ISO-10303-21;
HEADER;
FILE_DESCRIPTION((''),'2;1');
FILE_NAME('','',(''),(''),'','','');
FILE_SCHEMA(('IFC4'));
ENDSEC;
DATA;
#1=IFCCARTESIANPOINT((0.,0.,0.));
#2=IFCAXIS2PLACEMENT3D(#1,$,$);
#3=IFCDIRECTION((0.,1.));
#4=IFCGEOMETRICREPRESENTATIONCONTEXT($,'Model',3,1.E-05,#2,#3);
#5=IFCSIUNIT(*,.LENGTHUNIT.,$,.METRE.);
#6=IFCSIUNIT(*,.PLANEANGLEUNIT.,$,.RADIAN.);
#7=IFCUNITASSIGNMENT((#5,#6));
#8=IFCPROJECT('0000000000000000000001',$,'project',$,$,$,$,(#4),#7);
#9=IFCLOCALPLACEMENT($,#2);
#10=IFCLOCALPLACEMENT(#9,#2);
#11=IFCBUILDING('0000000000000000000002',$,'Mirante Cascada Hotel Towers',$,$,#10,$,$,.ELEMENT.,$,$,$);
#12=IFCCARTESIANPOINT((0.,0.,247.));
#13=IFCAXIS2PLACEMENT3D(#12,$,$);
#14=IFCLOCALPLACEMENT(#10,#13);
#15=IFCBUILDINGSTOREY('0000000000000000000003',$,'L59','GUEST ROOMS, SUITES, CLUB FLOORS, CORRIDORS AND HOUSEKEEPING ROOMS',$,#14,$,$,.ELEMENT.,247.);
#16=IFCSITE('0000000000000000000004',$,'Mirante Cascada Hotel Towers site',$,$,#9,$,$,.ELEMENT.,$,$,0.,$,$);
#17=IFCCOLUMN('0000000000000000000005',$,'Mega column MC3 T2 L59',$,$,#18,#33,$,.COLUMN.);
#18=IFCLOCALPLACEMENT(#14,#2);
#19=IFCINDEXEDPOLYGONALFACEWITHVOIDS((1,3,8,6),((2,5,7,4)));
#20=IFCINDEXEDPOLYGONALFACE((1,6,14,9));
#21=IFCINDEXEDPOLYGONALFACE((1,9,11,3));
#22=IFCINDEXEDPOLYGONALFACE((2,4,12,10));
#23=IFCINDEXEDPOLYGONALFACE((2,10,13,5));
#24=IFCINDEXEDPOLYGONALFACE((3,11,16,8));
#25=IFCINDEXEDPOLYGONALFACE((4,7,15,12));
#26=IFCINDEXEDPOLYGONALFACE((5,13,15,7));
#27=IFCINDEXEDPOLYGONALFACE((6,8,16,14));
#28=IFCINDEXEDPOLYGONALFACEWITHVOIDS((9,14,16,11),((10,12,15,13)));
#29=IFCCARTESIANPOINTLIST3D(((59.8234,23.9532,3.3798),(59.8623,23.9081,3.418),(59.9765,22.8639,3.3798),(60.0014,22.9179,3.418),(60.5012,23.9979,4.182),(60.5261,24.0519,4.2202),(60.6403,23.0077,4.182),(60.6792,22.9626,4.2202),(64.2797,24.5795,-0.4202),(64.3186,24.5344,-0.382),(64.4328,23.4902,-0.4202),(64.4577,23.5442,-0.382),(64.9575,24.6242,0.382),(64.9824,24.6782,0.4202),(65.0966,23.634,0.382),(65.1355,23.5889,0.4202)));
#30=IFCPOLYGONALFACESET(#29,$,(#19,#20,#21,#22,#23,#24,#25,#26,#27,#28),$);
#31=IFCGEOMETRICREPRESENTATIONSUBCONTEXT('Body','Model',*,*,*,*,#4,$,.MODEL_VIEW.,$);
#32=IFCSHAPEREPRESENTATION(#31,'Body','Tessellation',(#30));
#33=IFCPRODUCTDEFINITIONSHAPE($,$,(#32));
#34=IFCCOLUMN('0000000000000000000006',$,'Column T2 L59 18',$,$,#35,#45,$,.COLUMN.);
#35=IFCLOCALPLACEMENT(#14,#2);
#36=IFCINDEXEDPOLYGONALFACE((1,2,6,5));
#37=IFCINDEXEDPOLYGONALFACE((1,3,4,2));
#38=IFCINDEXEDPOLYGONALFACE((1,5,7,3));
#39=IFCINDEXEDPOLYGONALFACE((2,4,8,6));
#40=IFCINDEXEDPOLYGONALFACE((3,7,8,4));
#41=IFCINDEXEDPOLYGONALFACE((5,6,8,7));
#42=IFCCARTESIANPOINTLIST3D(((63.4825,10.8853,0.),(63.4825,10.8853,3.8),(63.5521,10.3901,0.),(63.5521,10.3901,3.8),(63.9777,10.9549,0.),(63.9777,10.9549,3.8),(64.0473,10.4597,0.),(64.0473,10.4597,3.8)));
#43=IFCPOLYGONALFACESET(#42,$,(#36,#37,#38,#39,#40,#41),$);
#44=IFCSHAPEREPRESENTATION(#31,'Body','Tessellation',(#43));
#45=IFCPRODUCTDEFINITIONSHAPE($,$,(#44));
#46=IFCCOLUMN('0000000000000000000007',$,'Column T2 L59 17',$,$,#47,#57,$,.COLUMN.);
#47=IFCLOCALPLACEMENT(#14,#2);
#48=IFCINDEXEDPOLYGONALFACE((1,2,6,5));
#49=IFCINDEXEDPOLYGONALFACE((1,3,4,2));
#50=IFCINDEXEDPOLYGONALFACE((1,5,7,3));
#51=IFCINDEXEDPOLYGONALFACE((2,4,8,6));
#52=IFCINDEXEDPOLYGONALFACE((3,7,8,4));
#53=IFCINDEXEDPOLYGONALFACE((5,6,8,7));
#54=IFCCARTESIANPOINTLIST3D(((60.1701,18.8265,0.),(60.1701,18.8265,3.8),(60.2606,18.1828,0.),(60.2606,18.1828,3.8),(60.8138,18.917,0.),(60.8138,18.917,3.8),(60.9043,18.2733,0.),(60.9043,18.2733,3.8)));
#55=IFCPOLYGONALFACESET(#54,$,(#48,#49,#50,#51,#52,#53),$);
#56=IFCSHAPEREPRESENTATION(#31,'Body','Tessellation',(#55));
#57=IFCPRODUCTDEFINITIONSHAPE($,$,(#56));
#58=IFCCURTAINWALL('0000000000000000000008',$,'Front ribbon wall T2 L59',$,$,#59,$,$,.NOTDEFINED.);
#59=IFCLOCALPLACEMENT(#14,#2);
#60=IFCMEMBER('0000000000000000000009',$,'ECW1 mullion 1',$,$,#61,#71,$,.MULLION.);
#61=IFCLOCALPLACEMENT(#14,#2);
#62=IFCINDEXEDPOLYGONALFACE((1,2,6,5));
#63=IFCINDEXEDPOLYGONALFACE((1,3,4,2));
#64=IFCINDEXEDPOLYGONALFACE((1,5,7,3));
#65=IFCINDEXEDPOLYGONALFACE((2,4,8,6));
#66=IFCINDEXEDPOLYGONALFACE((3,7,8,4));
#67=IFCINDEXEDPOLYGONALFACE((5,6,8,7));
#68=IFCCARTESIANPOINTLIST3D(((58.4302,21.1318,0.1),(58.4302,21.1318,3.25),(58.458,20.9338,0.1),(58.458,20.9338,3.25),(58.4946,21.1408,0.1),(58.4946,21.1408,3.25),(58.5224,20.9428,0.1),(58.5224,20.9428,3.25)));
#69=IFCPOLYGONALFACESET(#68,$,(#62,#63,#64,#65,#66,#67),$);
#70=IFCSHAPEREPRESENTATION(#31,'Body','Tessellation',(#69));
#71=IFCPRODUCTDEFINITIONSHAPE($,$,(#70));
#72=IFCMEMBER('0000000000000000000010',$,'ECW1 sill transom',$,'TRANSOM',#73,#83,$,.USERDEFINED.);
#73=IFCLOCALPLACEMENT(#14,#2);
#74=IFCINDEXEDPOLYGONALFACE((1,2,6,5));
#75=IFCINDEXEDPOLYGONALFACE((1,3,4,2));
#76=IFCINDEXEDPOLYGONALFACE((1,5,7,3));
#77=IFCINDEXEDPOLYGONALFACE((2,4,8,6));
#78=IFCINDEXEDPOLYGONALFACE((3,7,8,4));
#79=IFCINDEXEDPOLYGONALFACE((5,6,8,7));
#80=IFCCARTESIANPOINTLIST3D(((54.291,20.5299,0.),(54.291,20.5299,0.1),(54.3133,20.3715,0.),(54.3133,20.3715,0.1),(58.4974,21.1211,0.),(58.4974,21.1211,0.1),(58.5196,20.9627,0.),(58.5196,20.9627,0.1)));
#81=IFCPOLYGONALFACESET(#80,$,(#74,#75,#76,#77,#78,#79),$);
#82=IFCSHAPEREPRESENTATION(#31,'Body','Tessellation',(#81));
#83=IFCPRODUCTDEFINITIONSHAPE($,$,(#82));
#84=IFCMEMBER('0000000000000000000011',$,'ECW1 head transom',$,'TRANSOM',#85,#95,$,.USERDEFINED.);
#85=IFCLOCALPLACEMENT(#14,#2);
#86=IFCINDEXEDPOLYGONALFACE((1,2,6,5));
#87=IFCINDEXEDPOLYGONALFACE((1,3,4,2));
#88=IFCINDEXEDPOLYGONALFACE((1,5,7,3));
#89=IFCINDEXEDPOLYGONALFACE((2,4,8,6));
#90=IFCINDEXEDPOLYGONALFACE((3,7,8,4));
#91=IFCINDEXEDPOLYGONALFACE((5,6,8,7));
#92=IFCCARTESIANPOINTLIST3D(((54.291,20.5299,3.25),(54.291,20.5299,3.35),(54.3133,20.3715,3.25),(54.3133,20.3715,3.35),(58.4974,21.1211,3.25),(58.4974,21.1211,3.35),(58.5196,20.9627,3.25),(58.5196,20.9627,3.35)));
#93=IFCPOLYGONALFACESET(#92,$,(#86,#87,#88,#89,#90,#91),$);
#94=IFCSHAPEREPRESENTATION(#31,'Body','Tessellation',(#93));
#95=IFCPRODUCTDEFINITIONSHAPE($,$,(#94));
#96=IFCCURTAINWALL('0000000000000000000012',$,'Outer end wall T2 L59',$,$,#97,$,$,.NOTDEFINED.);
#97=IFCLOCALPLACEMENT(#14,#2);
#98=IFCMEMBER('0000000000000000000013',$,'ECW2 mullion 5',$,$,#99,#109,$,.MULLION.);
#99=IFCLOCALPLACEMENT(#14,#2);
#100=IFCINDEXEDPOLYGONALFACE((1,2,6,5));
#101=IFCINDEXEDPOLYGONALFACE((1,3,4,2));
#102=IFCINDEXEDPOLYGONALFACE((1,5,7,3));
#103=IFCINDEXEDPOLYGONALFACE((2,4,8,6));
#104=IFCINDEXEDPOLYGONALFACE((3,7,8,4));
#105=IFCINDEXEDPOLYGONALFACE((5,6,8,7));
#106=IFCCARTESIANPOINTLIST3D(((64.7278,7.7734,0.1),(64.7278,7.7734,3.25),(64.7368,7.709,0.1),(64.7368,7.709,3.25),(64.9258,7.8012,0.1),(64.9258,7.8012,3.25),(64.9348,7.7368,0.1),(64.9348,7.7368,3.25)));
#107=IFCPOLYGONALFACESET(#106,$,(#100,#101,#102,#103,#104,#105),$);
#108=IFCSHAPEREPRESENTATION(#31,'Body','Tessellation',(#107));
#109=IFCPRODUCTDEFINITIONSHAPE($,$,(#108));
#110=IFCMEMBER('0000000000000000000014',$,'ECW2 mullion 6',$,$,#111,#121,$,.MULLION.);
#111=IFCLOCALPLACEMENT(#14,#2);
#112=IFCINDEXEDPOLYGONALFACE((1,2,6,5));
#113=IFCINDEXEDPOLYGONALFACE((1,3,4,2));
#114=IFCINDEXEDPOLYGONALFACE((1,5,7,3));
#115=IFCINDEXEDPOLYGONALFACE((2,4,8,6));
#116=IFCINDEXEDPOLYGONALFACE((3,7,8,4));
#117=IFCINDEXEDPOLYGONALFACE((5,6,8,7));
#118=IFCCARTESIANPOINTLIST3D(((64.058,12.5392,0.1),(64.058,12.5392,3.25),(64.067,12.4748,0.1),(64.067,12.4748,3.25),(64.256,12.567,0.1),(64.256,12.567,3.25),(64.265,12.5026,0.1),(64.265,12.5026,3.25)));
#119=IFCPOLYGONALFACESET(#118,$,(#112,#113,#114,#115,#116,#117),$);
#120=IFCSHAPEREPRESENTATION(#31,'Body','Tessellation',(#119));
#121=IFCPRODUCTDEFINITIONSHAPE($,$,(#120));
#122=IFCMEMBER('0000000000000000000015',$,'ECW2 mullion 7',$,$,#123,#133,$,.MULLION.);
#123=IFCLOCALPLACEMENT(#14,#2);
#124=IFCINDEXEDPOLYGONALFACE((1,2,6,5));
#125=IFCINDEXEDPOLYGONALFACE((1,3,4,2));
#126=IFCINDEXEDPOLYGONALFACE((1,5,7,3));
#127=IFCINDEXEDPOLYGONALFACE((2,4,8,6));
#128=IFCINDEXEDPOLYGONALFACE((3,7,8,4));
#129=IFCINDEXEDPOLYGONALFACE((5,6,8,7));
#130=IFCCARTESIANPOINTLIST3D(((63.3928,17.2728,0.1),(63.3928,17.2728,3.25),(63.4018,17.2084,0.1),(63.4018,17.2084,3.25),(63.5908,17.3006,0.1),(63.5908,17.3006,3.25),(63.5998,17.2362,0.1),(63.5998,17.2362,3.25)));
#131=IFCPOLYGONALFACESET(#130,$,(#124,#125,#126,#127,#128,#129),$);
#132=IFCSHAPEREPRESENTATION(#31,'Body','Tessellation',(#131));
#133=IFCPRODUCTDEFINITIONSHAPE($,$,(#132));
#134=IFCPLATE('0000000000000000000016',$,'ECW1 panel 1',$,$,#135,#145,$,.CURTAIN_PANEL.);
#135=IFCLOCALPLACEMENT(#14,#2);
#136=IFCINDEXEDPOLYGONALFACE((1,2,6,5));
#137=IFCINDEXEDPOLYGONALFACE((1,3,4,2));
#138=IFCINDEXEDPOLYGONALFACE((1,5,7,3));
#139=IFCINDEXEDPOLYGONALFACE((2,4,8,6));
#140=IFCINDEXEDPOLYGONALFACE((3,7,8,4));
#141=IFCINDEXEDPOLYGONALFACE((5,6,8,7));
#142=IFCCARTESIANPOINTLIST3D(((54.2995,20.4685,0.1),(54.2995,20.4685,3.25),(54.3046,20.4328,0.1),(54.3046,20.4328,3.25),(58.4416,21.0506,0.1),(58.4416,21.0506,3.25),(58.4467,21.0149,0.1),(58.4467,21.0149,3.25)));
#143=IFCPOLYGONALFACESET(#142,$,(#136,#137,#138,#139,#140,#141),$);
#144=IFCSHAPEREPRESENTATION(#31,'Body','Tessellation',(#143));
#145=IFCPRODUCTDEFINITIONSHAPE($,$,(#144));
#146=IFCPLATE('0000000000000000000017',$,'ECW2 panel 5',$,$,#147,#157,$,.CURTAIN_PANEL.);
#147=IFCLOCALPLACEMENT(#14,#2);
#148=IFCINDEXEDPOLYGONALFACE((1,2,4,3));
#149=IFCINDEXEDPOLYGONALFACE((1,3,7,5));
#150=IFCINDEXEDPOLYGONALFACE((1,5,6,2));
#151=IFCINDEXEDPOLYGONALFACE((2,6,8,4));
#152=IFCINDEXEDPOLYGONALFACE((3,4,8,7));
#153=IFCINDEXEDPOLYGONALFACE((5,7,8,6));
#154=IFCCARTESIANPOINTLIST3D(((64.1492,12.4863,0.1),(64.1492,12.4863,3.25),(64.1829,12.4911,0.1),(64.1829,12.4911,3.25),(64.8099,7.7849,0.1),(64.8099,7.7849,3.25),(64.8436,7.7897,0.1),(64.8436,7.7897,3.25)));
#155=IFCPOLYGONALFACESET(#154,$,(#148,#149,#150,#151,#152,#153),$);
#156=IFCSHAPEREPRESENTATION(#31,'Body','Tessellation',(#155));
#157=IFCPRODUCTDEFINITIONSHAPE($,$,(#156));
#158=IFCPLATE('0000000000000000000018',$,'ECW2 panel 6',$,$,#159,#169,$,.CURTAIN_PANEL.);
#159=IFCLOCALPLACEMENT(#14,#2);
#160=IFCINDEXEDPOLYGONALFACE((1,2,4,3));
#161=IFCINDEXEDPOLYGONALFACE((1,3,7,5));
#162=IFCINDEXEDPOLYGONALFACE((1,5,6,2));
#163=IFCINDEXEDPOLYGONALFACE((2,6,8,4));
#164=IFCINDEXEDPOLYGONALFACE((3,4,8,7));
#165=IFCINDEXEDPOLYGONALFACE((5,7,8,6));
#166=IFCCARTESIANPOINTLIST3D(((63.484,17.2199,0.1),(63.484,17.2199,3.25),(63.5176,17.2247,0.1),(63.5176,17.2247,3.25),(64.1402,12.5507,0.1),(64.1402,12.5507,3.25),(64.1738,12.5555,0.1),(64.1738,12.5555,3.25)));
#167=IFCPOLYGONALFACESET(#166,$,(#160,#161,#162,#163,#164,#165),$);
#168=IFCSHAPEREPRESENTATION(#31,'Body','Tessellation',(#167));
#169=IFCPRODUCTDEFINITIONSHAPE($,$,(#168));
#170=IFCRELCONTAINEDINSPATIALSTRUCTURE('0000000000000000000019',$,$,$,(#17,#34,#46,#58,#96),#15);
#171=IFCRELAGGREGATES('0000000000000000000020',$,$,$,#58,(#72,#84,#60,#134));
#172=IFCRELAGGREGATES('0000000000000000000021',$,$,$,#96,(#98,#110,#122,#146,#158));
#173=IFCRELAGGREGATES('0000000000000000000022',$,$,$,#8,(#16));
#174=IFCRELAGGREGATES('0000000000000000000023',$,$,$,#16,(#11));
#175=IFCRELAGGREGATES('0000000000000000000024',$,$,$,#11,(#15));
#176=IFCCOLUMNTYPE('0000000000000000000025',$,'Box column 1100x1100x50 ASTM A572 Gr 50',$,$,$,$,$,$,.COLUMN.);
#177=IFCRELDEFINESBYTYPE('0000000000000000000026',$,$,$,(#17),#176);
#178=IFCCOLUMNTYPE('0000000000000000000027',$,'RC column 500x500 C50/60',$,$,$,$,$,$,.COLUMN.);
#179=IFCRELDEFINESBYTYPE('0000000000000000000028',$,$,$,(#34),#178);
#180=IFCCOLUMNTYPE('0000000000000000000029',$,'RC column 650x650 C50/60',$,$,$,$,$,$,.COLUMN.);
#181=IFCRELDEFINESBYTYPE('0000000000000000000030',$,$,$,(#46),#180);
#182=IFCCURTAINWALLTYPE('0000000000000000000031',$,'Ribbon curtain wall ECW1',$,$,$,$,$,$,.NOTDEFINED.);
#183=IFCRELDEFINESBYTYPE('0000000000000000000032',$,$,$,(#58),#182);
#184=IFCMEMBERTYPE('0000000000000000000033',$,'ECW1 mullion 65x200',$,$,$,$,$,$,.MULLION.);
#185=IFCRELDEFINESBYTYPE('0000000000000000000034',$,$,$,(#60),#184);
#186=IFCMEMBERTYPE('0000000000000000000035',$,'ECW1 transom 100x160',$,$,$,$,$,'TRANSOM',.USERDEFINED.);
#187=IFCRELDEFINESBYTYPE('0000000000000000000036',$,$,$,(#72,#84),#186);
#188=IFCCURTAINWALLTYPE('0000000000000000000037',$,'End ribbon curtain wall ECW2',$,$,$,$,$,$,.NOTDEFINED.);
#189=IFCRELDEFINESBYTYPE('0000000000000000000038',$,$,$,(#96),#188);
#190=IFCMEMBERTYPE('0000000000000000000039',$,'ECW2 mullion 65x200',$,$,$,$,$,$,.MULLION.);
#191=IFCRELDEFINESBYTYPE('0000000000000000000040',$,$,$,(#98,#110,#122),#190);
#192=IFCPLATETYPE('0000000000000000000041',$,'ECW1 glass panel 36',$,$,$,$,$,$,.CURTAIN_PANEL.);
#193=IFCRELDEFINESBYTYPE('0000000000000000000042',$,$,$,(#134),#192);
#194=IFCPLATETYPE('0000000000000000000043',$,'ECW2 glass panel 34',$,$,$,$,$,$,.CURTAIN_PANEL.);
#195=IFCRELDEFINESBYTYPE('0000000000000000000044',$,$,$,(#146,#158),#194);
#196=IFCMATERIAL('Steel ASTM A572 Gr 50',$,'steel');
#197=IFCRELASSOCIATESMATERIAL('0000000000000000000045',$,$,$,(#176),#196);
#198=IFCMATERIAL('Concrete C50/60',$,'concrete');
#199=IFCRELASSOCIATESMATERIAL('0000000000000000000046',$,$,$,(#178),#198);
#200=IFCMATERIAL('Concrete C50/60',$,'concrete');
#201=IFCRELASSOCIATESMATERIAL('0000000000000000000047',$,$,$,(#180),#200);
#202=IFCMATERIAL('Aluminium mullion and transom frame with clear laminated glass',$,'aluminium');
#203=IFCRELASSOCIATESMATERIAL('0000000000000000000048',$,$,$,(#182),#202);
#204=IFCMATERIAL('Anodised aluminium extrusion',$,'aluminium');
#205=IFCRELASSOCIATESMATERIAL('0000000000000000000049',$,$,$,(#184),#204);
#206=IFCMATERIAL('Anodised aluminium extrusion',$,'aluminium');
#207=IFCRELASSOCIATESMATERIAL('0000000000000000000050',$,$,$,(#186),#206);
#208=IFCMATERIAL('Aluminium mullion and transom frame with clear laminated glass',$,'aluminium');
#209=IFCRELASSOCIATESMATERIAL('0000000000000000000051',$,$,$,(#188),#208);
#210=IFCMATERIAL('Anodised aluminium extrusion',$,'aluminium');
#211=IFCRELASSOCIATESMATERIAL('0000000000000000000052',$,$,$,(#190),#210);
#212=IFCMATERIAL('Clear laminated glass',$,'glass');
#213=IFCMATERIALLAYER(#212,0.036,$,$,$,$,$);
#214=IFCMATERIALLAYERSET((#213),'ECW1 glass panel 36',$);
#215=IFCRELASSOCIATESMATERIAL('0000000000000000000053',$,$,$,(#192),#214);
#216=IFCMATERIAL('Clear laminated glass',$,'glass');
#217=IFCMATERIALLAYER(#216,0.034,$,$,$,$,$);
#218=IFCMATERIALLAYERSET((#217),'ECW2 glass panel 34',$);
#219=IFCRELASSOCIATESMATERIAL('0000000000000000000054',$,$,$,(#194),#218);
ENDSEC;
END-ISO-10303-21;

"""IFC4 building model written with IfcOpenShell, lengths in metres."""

from ifc_helpers import new_model, si_unit, direction, frame, origin, origin_2d, place, context, subcontext, project, spatial, rectangle, hollow_rectangle, extrude, material, layer, layer_set, material_profile, profile_set, type_object, element, aggregate, save


model = new_model("IFC4")

# Units and contexts
model_context = context("Model", 3, precision=1e-05, world=origin(), true_north=direction((0.0, 1.0)))
body_context = subcontext(model_context, "Body", "Model", "MODEL_VIEW")
ifc_project = project(units=[si_unit("LENGTHUNIT", "METRE"), si_unit("PLANEANGLEUNIT", "RADIAN")], contexts=[model_context])

# Site, building, storey
site_placement = place(None, origin())
site = spatial("IfcSite", under=ifc_project, at=site_placement, Name="Mirante Cascada Hotel Towers site", CompositionType="ELEMENT", RefElevation=0.0)
building_placement = place(site_placement, origin())
building = spatial("IfcBuilding", under=site, at=building_placement, Name="Mirante Cascada Hotel Towers", CompositionType="ELEMENT")
storey_placement = place(building_placement, frame((0.0, 0.0, 247.0)))
storey = spatial("IfcBuildingStorey", under=building, at=storey_placement, Name="L59", Description="GUEST ROOMS, SUITES, CLUB FLOORS, CORRIDORS AND HOUSEKEEPING ROOMS", CompositionType="ELEMENT", Elevation=247.0)

# Columns
ifc_material_1 = material(Name="Steel ASTM A572 Gr 50", Category="steel")
ifc_material_profile_1 = material_profile(ifc_material_1, hollow_rectangle(XDim=1.1, YDim=1.1, WallThickness=0.05, at=origin_2d()), Name="Box column 1100x1100x50 ASTM A572 Gr 50")
ifc_profile_set_1 = profile_set([ifc_material_profile_1], Name="Steel ASTM A572 Gr 50")
column_type_1 = type_object("IfcColumnType", Name="Box column 1100x1100x50 ASTM A572 Gr 50", PredefinedType="COLUMN", material=ifc_profile_set_1)
column_1_placement = place(storey_placement, frame((64.7076, 24.0842, 0.0), z_axis=(-0.756601, -0.106335, 0.645173), x_axis=(0.139175, -0.990268, 0.0)))
element("IfcColumn", 1, at=column_1_placement, inside=storey, type_object=column_type_1, Name="Mega column MC3 T2 L59", PredefinedType="COLUMN", context=body_context, shape_type="SweptSolid", body=[
    extrude(hollow_rectangle(XDim=1.1, YDim=1.1, WallThickness=0.05, at=origin_2d()), origin(), (0.0, 0.0, 1.0), 5.8899),
])
ifc_material_2 = material(Name="Concrete C50/60", Category="concrete")
ifc_material_profile_2 = material_profile(ifc_material_2, rectangle(XDim=0.5, YDim=0.5, at=origin_2d()), Name="RC column 500x500 C50/60")
ifc_profile_set_2 = profile_set([ifc_material_profile_2], Name="Concrete C50/60")
column_type_2 = type_object("IfcColumnType", Name="RC column 500x500 C50/60", PredefinedType="COLUMN", material=ifc_profile_set_2)
column_2_placement = place(storey_placement, frame((63.7649, 10.6725, 0.0), z_axis=(0.0, 0.0, 1.0), x_axis=(0.990268, 0.139173, 0.0)))
element("IfcColumn", 2, at=column_2_placement, inside=storey, type_object=column_type_2, Name="Column T2 L59 18", PredefinedType="COLUMN", context=body_context, shape_type="SweptSolid", body=[
    extrude(rectangle(XDim=0.5, YDim=0.5, at=origin_2d()), origin(), (0.0, 0.0, 1.0), 3.8),
])
ifc_material_3 = material(Name="Concrete C50/60", Category="concrete")
ifc_material_profile_3 = material_profile(ifc_material_3, rectangle(XDim=0.65, YDim=0.65, at=origin_2d()), Name="RC column 650x650 C50/60")
ifc_profile_set_3 = profile_set([ifc_material_profile_3], Name="Concrete C50/60")
column_type_3 = type_object("IfcColumnType", Name="RC column 650x650 C50/60", PredefinedType="COLUMN", material=ifc_profile_set_3)
column_3_placement = place(storey_placement, frame((60.5372, 18.5499, 0.0), z_axis=(0.0, 0.0, 1.0), x_axis=(0.990268, 0.139173, 0.0)))
element("IfcColumn", 3, at=column_3_placement, inside=storey, type_object=column_type_3, Name="Column T2 L59 17", PredefinedType="COLUMN", context=body_context, shape_type="SweptSolid", body=[
    extrude(rectangle(XDim=0.65, YDim=0.65, at=origin_2d()), origin(), (0.0, 0.0, 1.0), 3.8),
])

# Curtain walls, members
ifc_material_4 = material(Name="Aluminium mullion and transom frame with clear laminated glass", Category="aluminium")
curtain_wall_type_1 = type_object("IfcCurtainWallType", Name="Ribbon curtain wall ECW1", PredefinedType="NOTDEFINED", material=ifc_material_4)
curtain_wall_1_placement = place(storey_placement, origin())
curtain_wall_1 = element("IfcCurtainWall", 4, at=curtain_wall_1_placement, inside=storey, type_object=curtain_wall_type_1, Name="Front ribbon wall T2 L59", PredefinedType="NOTDEFINED")
ifc_material_5 = material(Name="Anodised aluminium extrusion", Category="aluminium")
ifc_material_profile_4 = material_profile(ifc_material_5, rectangle(XDim=0.2, YDim=0.065, at=origin_2d()), Name="ECW1 MULLION 65x200")
ifc_profile_set_4 = profile_set([ifc_material_profile_4], Name="Anodised aluminium extrusion")
member_type_1 = type_object("IfcMemberType", Name="ECW1 mullion 65x200", PredefinedType="MULLION", material=ifc_profile_set_4)
member_1_placement = place(storey_placement, frame((58.4763, 21.0373, 0.1), z_axis=(0.0, 0.0, 1.0), x_axis=(0.139173, -0.990268, 0.0)))
member_1 = element("IfcMember", 5, at=member_1_placement, type_object=member_type_1, Name="ECW1 mullion 1", PredefinedType="MULLION", context=body_context, shape_type="SweptSolid", body=[
    extrude(rectangle(XDim=0.2, YDim=0.065, at=origin_2d()), origin(), (0.0, 0.0, 1.0), 3.15),
])
ifc_material_6 = material(Name="Anodised aluminium extrusion", Category="aluminium")
ifc_material_profile_5 = material_profile(ifc_material_6, rectangle(XDim=0.16, YDim=0.1, at=origin_2d()), Name="ECW1 TRANSOM 100x160")
ifc_profile_set_5 = profile_set([ifc_material_profile_5], Name="Anodised aluminium extrusion")
member_type_2 = type_object("IfcMemberType", Name="ECW1 transom 100x160", ElementType="TRANSOM", PredefinedType="USERDEFINED", material=ifc_profile_set_5)
member_2_placement = place(storey_placement, frame((58.5085, 21.0419, 0.05), z_axis=(-0.990267, -0.13918, 0.0), x_axis=(0.13918, -0.990267, 0.0)))
member_2 = element("IfcMember", 6, at=member_2_placement, type_object=member_type_2, Name="ECW1 sill transom", ObjectType="TRANSOM", PredefinedType="USERDEFINED", context=body_context, shape_type="SweptSolid", body=[
    extrude(rectangle(XDim=0.16, YDim=0.1, at=origin_2d()), origin(), (0.0, 0.0, 1.0), 4.2477),
])
member_3_placement = place(storey_placement, frame((58.5085, 21.0419, 3.3), z_axis=(-0.990267, -0.13918, 0.0), x_axis=(0.13918, -0.990267, 0.0)))
member_3 = element("IfcMember", 7, at=member_3_placement, type_object=member_type_2, Name="ECW1 head transom", ObjectType="TRANSOM", PredefinedType="USERDEFINED", context=body_context, shape_type="SweptSolid", body=[
    extrude(rectangle(XDim=0.16, YDim=0.1, at=origin_2d()), origin(), (0.0, 0.0, 1.0), 4.2477),
])
ifc_material_7 = material(Name="Aluminium mullion and transom frame with clear laminated glass", Category="aluminium")
curtain_wall_type_2 = type_object("IfcCurtainWallType", Name="End ribbon curtain wall ECW2", PredefinedType="NOTDEFINED", material=ifc_material_7)
curtain_wall_2_placement = place(storey_placement, origin())
curtain_wall_2 = element("IfcCurtainWall", 8, at=curtain_wall_2_placement, inside=storey, type_object=curtain_wall_type_2, Name="Outer end wall T2 L59", PredefinedType="NOTDEFINED")
ifc_material_8 = material(Name="Anodised aluminium extrusion", Category="aluminium")
ifc_material_profile_6 = material_profile(ifc_material_8, rectangle(XDim=0.2, YDim=0.065, at=origin_2d()), Name="ECW2 MULLION 65x200")
ifc_profile_set_6 = profile_set([ifc_material_profile_6], Name="Anodised aluminium extrusion")
member_type_3 = type_object("IfcMemberType", Name="ECW2 mullion 65x200", PredefinedType="MULLION", material=ifc_profile_set_6)
member_4_placement = place(storey_placement, frame((64.8313, 7.7551, 0.1), z_axis=(0.0, 0.0, 1.0), x_axis=(-0.990268, -0.139173, 0.0)))
member_4 = element("IfcMember", 9, at=member_4_placement, type_object=member_type_3, Name="ECW2 mullion 5", PredefinedType="MULLION", context=body_context, shape_type="SweptSolid", body=[
    extrude(rectangle(XDim=0.2, YDim=0.065, at=origin_2d()), origin(), (0.0, 0.0, 1.0), 3.15),
])
member_5_placement = place(storey_placement, frame((64.1615, 12.5209, 0.1), z_axis=(0.0, 0.0, 1.0), x_axis=(-0.990268, -0.139173, 0.0)))
member_5 = element("IfcMember", 10, at=member_5_placement, type_object=member_type_3, Name="ECW2 mullion 6", PredefinedType="MULLION", context=body_context, shape_type="SweptSolid", body=[
    extrude(rectangle(XDim=0.2, YDim=0.065, at=origin_2d()), origin(), (0.0, 0.0, 1.0), 3.15),
])
member_6_placement = place(storey_placement, frame((63.4963, 17.2545, 0.1), z_axis=(0.0, 0.0, 1.0), x_axis=(-0.990268, -0.139173, 0.0)))
member_6 = element("IfcMember", 11, at=member_6_placement, type_object=member_type_3, Name="ECW2 mullion 7", PredefinedType="MULLION", context=body_context, shape_type="SweptSolid", body=[
    extrude(rectangle(XDim=0.2, YDim=0.065, at=origin_2d()), origin(), (0.0, 0.0, 1.0), 3.15),
])

# Plates
ifc_material_9 = material(Name="Clear laminated glass", Category="glass")
ifc_layer_1 = layer(ifc_material_9, 0.036)
ifc_layer_set_1 = layer_set([ifc_layer_1], Name="ECW1 glass panel 36")
plate_type_1 = type_object("IfcPlateType", Name="ECW1 glass panel 36", PredefinedType="CURTAIN_PANEL", material=ifc_layer_set_1)
plate_1_placement = place(storey_placement, frame((56.3731, 20.7417, 0.1), z_axis=(0.0, 0.0, 1.0), x_axis=(-0.990268, -0.139173, 0.0)))
plate_1 = element("IfcPlate", 12, at=plate_1_placement, type_object=plate_type_1, Name="ECW1 panel 1", PredefinedType="CURTAIN_PANEL", context=body_context, shape_type="SweptSolid", body=[
    extrude(rectangle(XDim=4.1828, YDim=0.036, at=origin_2d()), origin(), (0.0, 0.0, 1.0), 3.15),
])
aggregate(curtain_wall_1, [member_2, member_3, member_1, plate_1])
ifc_material_10 = material(Name="Clear laminated glass", Category="glass")
ifc_layer_2 = layer(ifc_material_10, 0.034)
ifc_layer_set_2 = layer_set([ifc_layer_2], Name="ECW2 glass panel 34")
plate_type_2 = type_object("IfcPlateType", Name="ECW2 glass panel 34", PredefinedType="CURTAIN_PANEL", material=ifc_layer_set_2)
plate_2_placement = place(storey_placement, frame((64.4964, 10.138, 0.1), z_axis=(0.0, 0.0, 1.0), x_axis=(-0.139173, 0.990268, 0.0)))
plate_2 = element("IfcPlate", 13, at=plate_2_placement, type_object=plate_type_2, Name="ECW2 panel 5", PredefinedType="CURTAIN_PANEL", context=body_context, shape_type="SweptSolid", body=[
    extrude(rectangle(XDim=4.7476, YDim=0.034, at=origin_2d()), origin(), (0.0, 0.0, 1.0), 3.15),
])
plate_3_placement = place(storey_placement, frame((63.8289, 14.8877, 0.1), z_axis=(0.0, 0.0, 1.0), x_axis=(-0.139173, 0.990268, 0.0)))
plate_3 = element("IfcPlate", 14, at=plate_3_placement, type_object=plate_type_2, Name="ECW2 panel 6", PredefinedType="CURTAIN_PANEL", context=body_context, shape_type="SweptSolid", body=[
    extrude(rectangle(XDim=4.7151, YDim=0.034, at=origin_2d()), origin(), (0.0, 0.0, 1.0), 3.15),
])
aggregate(curtain_wall_2, [member_4, member_5, member_6, plate_2, plate_3])

save(model, "model.ifc")
